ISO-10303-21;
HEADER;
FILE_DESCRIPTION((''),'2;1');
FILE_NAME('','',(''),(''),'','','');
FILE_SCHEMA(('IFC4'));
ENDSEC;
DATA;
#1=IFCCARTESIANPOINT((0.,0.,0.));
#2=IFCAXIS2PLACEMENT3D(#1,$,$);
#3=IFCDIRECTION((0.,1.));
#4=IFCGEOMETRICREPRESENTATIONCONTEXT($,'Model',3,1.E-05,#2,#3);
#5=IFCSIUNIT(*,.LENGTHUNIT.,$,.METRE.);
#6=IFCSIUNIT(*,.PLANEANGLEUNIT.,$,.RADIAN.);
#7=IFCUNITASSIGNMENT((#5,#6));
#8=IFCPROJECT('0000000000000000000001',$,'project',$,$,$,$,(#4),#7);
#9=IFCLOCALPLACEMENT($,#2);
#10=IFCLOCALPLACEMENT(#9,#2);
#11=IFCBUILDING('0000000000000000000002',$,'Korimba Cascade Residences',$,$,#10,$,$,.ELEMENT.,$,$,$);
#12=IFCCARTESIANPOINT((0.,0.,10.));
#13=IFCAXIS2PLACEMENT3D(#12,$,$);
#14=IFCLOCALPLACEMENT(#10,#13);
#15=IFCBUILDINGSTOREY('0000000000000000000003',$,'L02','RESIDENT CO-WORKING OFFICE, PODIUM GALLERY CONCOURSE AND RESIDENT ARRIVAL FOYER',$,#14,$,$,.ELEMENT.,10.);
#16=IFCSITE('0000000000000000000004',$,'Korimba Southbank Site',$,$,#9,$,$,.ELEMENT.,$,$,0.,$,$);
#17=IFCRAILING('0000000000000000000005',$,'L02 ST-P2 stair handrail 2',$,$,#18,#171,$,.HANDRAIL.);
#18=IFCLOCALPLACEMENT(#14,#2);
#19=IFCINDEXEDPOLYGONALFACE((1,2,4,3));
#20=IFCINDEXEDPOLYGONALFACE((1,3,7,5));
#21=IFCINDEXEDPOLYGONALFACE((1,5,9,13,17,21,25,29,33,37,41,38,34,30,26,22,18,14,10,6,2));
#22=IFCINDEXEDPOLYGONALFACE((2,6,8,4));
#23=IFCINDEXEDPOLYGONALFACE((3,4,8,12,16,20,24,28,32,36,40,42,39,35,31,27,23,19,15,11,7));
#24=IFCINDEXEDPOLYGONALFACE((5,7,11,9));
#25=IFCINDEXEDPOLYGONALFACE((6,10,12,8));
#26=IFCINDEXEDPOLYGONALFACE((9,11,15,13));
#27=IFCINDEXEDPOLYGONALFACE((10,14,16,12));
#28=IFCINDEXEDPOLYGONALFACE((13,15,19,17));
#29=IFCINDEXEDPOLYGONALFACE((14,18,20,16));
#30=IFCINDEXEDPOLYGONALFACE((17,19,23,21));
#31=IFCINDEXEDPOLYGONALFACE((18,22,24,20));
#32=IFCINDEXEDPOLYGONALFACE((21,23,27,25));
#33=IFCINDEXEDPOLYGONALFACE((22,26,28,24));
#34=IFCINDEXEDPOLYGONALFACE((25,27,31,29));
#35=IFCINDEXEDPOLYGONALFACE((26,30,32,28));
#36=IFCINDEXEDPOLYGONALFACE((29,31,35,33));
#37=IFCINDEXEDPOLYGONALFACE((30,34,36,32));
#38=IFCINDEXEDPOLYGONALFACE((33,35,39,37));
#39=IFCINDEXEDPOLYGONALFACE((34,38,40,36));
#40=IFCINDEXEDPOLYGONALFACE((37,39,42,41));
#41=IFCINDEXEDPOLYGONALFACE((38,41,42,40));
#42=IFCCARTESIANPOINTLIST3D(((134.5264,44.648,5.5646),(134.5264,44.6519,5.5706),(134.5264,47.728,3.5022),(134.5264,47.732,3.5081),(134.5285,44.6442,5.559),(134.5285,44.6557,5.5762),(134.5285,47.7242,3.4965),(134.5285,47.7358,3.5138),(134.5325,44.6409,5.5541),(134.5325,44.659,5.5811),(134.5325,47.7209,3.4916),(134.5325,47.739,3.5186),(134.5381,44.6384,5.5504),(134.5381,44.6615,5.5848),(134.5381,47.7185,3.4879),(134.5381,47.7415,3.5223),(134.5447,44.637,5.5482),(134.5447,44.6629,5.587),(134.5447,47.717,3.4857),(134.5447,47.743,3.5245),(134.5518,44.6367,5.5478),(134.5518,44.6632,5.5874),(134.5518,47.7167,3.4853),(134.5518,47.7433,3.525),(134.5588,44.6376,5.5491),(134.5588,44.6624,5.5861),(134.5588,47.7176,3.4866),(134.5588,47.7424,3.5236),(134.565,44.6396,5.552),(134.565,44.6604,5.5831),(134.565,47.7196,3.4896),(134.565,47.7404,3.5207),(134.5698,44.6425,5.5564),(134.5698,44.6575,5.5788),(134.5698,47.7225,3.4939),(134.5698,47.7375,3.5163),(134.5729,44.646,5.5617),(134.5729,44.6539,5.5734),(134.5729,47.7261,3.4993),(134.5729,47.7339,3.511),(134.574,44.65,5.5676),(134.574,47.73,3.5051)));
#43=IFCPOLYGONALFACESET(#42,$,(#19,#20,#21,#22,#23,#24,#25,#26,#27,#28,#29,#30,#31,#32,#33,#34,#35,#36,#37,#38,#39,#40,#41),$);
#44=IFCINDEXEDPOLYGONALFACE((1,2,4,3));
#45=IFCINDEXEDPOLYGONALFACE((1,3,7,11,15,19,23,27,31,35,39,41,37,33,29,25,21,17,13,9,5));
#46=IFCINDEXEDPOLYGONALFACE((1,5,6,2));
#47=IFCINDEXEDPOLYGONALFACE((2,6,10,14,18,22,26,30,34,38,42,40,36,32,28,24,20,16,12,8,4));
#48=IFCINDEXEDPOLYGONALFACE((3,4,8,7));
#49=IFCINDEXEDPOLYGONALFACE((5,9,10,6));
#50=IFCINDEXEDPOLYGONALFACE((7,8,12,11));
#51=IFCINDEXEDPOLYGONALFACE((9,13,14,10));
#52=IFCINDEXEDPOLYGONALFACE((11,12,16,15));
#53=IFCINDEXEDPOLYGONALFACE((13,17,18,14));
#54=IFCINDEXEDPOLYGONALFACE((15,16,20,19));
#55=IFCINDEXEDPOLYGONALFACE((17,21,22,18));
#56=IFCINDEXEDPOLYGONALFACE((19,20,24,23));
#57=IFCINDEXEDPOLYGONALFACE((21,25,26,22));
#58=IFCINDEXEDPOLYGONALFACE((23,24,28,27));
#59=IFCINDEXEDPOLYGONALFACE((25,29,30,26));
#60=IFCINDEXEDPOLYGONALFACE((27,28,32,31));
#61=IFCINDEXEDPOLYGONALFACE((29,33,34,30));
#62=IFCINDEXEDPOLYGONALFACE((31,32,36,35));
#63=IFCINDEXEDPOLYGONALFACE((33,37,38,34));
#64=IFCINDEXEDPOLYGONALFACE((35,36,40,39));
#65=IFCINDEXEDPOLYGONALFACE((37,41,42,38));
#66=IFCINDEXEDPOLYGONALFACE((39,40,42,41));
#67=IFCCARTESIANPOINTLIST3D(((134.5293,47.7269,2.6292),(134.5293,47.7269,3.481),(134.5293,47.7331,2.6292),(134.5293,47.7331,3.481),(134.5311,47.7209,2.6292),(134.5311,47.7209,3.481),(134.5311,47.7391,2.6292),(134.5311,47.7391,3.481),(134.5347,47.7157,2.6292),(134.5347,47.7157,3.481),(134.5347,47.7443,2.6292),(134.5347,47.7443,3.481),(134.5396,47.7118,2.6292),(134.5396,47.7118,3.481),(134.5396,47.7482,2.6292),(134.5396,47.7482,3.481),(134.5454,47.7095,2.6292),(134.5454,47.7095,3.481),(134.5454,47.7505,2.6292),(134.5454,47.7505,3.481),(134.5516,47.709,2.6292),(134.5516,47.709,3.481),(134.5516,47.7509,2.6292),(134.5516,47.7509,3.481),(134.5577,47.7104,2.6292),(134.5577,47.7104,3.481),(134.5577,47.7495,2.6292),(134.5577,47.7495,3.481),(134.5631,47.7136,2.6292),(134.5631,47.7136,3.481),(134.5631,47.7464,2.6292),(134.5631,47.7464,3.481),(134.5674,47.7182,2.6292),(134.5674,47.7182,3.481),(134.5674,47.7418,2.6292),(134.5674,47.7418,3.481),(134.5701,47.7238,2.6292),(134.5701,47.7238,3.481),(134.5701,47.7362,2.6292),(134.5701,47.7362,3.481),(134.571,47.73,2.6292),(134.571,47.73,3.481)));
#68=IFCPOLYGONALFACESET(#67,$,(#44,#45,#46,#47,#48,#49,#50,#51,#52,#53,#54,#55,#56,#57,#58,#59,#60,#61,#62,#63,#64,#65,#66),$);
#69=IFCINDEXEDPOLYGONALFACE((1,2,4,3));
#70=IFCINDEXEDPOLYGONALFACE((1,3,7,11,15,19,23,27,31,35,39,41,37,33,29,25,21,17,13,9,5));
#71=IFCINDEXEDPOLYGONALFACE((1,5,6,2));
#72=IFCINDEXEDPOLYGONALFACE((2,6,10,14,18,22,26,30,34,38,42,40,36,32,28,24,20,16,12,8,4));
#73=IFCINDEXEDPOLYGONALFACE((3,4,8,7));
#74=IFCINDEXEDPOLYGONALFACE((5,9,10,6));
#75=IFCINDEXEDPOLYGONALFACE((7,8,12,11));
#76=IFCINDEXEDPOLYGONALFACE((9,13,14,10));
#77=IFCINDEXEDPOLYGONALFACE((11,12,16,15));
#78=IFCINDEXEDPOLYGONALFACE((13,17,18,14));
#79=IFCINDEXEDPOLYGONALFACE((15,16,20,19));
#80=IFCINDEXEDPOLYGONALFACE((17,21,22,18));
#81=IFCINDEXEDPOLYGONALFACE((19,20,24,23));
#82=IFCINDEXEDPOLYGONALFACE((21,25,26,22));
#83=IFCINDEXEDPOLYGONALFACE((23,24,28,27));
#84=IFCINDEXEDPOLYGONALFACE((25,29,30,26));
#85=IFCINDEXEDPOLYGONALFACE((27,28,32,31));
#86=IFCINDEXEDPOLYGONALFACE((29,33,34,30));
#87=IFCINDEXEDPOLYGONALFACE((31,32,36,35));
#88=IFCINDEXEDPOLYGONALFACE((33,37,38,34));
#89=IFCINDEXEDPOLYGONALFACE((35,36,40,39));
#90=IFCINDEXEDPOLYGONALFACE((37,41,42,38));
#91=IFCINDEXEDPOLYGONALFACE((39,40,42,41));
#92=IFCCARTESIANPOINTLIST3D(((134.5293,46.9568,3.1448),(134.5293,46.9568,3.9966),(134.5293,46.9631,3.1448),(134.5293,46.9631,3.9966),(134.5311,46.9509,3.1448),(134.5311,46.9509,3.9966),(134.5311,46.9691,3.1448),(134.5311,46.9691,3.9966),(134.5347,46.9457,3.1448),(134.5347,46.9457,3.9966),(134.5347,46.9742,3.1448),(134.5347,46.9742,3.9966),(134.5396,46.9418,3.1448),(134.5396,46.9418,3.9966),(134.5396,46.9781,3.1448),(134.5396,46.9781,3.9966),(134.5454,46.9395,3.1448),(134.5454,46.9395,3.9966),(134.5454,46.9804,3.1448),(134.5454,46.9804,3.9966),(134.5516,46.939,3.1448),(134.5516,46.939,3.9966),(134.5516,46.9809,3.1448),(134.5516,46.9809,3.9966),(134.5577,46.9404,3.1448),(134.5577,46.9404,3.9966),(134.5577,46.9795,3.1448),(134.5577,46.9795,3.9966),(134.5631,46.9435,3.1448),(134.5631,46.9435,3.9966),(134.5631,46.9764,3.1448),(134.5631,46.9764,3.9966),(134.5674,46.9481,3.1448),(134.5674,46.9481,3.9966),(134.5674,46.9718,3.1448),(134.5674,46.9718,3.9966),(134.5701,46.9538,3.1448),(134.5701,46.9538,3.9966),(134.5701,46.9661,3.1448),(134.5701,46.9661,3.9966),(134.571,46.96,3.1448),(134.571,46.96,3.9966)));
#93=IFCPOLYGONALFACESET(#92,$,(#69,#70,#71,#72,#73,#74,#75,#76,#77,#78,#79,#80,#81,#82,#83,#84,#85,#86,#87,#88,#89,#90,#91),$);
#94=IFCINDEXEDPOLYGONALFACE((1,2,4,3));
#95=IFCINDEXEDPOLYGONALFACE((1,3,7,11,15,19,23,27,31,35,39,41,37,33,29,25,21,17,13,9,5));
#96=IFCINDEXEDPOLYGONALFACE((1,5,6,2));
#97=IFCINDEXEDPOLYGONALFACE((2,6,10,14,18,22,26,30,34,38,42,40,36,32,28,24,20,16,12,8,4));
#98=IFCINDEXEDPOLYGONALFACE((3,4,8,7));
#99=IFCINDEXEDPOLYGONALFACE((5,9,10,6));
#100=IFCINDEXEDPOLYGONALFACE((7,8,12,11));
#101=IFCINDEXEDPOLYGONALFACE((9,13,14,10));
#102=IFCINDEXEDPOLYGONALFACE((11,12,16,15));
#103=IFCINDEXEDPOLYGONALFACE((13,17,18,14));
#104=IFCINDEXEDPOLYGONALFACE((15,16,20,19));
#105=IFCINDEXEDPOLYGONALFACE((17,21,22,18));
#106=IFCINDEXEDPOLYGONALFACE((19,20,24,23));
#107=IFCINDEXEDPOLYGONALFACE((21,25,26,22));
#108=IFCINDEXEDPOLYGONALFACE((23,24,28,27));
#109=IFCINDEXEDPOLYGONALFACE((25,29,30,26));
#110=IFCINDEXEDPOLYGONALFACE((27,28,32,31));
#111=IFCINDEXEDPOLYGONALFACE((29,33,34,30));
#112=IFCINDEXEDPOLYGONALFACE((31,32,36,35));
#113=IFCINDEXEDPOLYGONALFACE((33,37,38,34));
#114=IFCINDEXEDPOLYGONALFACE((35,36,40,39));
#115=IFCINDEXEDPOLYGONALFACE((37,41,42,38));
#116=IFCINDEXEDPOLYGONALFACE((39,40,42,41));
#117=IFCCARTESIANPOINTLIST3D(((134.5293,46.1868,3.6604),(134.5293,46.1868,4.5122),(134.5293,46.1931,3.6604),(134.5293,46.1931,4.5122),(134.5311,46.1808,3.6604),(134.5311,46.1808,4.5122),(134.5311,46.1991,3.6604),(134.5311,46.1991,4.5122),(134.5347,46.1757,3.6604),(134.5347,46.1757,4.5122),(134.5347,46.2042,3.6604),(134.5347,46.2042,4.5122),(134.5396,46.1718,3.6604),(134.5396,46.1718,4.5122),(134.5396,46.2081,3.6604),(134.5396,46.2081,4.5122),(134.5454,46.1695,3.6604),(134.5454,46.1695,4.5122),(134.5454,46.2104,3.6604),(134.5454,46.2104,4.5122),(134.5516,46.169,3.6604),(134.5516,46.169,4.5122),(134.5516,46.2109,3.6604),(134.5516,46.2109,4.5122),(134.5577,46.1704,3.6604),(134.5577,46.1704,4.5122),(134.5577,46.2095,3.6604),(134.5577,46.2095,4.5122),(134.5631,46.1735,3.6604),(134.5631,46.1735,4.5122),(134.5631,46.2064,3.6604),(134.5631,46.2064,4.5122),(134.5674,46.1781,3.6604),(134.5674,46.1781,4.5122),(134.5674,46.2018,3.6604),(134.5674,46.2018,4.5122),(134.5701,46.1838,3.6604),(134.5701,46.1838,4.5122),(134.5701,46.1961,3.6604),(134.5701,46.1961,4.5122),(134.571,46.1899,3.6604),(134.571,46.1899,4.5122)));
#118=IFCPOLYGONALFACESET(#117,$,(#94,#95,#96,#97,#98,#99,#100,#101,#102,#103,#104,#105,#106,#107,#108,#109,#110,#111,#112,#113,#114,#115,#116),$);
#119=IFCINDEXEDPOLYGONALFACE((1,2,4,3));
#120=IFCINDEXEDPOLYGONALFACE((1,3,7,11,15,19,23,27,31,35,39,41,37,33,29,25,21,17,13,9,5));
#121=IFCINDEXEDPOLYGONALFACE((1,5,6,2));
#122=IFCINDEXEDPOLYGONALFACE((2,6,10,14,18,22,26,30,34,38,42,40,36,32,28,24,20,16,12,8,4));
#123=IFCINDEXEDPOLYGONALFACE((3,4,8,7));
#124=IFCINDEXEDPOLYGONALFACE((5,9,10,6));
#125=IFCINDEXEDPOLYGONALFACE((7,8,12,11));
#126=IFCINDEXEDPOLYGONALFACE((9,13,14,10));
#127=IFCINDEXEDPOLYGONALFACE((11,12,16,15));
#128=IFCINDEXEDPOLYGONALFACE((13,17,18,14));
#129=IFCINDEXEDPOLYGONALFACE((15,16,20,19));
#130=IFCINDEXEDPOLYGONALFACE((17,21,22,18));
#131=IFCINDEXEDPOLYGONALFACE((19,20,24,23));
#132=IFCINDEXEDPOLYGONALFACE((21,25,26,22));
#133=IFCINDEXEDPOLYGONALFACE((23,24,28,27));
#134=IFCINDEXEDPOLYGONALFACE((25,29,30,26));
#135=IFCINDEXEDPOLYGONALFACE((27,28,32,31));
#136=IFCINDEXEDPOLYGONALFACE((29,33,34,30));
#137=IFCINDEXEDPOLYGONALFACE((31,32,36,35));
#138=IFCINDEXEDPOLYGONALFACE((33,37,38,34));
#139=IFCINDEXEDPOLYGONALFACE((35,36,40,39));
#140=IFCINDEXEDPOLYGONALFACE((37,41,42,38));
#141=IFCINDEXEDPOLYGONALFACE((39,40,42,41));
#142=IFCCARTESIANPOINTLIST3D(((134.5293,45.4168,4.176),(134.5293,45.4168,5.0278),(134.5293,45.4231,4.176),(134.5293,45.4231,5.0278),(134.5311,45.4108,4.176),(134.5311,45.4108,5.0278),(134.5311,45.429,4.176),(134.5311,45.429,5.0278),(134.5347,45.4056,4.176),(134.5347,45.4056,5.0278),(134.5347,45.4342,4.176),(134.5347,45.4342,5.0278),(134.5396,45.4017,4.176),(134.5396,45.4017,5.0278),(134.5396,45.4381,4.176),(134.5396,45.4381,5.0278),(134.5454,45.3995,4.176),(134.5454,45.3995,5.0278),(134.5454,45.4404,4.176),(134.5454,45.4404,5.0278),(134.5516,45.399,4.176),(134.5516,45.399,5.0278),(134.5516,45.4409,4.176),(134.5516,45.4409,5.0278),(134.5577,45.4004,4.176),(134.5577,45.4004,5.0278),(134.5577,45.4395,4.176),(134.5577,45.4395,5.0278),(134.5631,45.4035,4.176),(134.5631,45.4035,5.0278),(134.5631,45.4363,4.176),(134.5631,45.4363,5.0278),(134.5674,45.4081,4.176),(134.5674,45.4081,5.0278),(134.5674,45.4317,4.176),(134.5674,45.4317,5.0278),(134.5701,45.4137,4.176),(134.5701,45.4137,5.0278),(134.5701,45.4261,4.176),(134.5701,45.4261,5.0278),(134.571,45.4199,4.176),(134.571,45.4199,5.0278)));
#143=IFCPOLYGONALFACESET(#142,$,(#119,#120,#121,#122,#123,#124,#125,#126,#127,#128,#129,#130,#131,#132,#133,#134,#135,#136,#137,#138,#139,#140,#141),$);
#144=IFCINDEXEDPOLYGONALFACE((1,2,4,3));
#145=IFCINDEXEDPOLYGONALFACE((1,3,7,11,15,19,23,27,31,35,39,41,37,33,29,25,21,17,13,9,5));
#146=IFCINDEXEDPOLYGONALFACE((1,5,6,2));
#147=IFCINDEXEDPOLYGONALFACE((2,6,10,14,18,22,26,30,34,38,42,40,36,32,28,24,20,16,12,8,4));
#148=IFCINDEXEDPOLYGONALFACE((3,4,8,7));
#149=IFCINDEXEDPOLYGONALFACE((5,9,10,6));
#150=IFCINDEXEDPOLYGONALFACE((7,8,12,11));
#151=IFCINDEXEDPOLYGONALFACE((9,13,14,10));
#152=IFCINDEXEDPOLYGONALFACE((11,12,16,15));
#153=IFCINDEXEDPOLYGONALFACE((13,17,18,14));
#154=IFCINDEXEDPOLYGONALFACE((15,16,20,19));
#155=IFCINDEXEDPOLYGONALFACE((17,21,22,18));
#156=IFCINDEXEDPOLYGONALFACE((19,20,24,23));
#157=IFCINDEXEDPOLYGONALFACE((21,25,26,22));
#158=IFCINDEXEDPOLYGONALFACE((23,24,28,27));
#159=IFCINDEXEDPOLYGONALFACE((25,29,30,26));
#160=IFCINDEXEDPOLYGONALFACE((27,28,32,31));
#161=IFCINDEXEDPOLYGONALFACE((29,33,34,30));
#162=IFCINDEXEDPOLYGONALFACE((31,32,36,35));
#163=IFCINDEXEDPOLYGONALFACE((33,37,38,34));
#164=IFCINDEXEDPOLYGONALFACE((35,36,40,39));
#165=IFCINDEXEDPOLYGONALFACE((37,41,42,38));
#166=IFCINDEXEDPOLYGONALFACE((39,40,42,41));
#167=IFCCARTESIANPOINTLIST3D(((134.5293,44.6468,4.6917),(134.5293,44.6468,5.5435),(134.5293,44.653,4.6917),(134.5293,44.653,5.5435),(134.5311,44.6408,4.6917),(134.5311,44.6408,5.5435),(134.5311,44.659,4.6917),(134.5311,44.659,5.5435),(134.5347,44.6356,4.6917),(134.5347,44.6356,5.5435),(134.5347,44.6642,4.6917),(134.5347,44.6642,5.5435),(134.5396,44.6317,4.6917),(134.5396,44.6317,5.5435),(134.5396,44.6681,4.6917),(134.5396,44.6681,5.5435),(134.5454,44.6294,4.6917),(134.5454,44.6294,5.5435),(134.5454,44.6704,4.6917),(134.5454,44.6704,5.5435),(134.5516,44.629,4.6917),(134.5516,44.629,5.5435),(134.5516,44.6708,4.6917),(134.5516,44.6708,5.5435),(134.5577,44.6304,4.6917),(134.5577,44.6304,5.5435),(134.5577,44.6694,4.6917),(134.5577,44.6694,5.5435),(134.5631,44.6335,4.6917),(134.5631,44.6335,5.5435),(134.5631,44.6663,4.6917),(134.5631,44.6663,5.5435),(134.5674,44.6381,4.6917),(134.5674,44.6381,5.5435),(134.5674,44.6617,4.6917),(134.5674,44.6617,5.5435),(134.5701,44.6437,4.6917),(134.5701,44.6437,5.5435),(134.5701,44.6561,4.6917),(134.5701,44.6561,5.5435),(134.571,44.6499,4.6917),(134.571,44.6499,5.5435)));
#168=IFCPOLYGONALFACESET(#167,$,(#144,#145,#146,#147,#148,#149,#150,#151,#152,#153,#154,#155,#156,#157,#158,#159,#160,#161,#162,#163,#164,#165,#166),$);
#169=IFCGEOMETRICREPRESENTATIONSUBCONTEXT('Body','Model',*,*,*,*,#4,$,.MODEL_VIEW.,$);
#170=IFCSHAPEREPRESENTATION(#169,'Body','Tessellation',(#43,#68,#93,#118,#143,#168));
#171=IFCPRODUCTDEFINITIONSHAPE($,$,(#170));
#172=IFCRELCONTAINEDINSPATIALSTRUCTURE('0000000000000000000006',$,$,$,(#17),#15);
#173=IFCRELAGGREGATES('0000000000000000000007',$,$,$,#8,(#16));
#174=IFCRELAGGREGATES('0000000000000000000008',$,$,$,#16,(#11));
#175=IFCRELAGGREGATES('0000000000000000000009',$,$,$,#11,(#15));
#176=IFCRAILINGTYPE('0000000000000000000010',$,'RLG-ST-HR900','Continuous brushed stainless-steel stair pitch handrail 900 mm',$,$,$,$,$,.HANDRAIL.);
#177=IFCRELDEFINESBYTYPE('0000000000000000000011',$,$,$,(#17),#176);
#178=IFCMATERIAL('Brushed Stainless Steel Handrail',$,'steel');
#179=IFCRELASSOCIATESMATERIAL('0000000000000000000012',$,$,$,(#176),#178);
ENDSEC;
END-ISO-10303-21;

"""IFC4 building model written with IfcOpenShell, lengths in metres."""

from ifc_helpers import new_model, si_unit, direction, frame, origin, origin_2d, place, context, subcontext, project, spatial, circle, extrude, material, type_object, element, save


model = new_model("IFC4")

# Units and contexts
model_context = context("Model", 3, precision=1e-05, world=origin(), true_north=direction((0.0, 1.0)))
body_context = subcontext(model_context, "Body", "Model", "MODEL_VIEW")
ifc_project = project(units=[si_unit("LENGTHUNIT", "METRE"), si_unit("PLANEANGLEUNIT", "RADIAN")], contexts=[model_context])

# Site, building, storey
site_placement = place(None, origin())
site = spatial("IfcSite", under=ifc_project, at=site_placement, Name="Korimba Southbank Site", CompositionType="ELEMENT", RefElevation=0.0)
building_placement = place(site_placement, origin())
building = spatial("IfcBuilding", under=site, at=building_placement, Name="Korimba Cascade Residences", CompositionType="ELEMENT")
storey_placement = place(building_placement, frame((0.0, 0.0, 10.0)))
storey = spatial("IfcBuildingStorey", under=building, at=storey_placement, Name="L02", Description="RESIDENT CO-WORKING OFFICE, PODIUM GALLERY CONCOURSE AND RESIDENT ARRIVAL FOYER", CompositionType="ELEMENT", Elevation=10.0)

# Railing
ifc_material_1 = material(Name="Brushed Stainless Steel Handrail", Category="steel")
railing_type_1 = type_object("IfcRailingType", Name="RLG-ST-HR900", Description="Continuous brushed stainless-steel stair pitch handrail 900 mm", PredefinedType="HANDRAIL", material=ifc_material_1)
railing_1_placement = place(storey_placement, frame((134.55, 47.73, 2.6292)))
element("IfcRailing", 1, at=railing_1_placement, inside=storey, type_object=railing_type_1, Name="L02 ST-P2 stair handrail 2", PredefinedType="HANDRAIL", context=body_context, shape_type="SweptSolid", body=[
    extrude(circle(Radius=0.0239, at=origin_2d()), frame((0.0, 0.0, 0.876), z_axis=(0.0, -0.830914, 0.556401), x_axis=(1.0, 0.0, 0.0)), (0.0, 0.0, 1.0), 3.7068),
    extrude(circle(Radius=0.021, at=origin_2d()), origin(), (0.0, 0.0, 1.0), 0.8518),
    extrude(circle(Radius=0.021, at=origin_2d()), frame((0.0, -0.77, 0.5156)), (0.0, 0.0, 1.0), 0.8518),
    extrude(circle(Radius=0.021, at=origin_2d()), frame((0.0, -1.54, 1.0312)), (0.0, 0.0, 1.0), 0.8518),
    extrude(circle(Radius=0.021, at=origin_2d()), frame((0.0, -2.3101, 1.5469)), (0.0, 0.0, 1.0), 0.8518),
    extrude(circle(Radius=0.021, at=origin_2d()), frame((0.0, -3.0801, 2.0625)), (0.0, 0.0, 1.0), 0.8518),
])

save(model, "model.ifc")
